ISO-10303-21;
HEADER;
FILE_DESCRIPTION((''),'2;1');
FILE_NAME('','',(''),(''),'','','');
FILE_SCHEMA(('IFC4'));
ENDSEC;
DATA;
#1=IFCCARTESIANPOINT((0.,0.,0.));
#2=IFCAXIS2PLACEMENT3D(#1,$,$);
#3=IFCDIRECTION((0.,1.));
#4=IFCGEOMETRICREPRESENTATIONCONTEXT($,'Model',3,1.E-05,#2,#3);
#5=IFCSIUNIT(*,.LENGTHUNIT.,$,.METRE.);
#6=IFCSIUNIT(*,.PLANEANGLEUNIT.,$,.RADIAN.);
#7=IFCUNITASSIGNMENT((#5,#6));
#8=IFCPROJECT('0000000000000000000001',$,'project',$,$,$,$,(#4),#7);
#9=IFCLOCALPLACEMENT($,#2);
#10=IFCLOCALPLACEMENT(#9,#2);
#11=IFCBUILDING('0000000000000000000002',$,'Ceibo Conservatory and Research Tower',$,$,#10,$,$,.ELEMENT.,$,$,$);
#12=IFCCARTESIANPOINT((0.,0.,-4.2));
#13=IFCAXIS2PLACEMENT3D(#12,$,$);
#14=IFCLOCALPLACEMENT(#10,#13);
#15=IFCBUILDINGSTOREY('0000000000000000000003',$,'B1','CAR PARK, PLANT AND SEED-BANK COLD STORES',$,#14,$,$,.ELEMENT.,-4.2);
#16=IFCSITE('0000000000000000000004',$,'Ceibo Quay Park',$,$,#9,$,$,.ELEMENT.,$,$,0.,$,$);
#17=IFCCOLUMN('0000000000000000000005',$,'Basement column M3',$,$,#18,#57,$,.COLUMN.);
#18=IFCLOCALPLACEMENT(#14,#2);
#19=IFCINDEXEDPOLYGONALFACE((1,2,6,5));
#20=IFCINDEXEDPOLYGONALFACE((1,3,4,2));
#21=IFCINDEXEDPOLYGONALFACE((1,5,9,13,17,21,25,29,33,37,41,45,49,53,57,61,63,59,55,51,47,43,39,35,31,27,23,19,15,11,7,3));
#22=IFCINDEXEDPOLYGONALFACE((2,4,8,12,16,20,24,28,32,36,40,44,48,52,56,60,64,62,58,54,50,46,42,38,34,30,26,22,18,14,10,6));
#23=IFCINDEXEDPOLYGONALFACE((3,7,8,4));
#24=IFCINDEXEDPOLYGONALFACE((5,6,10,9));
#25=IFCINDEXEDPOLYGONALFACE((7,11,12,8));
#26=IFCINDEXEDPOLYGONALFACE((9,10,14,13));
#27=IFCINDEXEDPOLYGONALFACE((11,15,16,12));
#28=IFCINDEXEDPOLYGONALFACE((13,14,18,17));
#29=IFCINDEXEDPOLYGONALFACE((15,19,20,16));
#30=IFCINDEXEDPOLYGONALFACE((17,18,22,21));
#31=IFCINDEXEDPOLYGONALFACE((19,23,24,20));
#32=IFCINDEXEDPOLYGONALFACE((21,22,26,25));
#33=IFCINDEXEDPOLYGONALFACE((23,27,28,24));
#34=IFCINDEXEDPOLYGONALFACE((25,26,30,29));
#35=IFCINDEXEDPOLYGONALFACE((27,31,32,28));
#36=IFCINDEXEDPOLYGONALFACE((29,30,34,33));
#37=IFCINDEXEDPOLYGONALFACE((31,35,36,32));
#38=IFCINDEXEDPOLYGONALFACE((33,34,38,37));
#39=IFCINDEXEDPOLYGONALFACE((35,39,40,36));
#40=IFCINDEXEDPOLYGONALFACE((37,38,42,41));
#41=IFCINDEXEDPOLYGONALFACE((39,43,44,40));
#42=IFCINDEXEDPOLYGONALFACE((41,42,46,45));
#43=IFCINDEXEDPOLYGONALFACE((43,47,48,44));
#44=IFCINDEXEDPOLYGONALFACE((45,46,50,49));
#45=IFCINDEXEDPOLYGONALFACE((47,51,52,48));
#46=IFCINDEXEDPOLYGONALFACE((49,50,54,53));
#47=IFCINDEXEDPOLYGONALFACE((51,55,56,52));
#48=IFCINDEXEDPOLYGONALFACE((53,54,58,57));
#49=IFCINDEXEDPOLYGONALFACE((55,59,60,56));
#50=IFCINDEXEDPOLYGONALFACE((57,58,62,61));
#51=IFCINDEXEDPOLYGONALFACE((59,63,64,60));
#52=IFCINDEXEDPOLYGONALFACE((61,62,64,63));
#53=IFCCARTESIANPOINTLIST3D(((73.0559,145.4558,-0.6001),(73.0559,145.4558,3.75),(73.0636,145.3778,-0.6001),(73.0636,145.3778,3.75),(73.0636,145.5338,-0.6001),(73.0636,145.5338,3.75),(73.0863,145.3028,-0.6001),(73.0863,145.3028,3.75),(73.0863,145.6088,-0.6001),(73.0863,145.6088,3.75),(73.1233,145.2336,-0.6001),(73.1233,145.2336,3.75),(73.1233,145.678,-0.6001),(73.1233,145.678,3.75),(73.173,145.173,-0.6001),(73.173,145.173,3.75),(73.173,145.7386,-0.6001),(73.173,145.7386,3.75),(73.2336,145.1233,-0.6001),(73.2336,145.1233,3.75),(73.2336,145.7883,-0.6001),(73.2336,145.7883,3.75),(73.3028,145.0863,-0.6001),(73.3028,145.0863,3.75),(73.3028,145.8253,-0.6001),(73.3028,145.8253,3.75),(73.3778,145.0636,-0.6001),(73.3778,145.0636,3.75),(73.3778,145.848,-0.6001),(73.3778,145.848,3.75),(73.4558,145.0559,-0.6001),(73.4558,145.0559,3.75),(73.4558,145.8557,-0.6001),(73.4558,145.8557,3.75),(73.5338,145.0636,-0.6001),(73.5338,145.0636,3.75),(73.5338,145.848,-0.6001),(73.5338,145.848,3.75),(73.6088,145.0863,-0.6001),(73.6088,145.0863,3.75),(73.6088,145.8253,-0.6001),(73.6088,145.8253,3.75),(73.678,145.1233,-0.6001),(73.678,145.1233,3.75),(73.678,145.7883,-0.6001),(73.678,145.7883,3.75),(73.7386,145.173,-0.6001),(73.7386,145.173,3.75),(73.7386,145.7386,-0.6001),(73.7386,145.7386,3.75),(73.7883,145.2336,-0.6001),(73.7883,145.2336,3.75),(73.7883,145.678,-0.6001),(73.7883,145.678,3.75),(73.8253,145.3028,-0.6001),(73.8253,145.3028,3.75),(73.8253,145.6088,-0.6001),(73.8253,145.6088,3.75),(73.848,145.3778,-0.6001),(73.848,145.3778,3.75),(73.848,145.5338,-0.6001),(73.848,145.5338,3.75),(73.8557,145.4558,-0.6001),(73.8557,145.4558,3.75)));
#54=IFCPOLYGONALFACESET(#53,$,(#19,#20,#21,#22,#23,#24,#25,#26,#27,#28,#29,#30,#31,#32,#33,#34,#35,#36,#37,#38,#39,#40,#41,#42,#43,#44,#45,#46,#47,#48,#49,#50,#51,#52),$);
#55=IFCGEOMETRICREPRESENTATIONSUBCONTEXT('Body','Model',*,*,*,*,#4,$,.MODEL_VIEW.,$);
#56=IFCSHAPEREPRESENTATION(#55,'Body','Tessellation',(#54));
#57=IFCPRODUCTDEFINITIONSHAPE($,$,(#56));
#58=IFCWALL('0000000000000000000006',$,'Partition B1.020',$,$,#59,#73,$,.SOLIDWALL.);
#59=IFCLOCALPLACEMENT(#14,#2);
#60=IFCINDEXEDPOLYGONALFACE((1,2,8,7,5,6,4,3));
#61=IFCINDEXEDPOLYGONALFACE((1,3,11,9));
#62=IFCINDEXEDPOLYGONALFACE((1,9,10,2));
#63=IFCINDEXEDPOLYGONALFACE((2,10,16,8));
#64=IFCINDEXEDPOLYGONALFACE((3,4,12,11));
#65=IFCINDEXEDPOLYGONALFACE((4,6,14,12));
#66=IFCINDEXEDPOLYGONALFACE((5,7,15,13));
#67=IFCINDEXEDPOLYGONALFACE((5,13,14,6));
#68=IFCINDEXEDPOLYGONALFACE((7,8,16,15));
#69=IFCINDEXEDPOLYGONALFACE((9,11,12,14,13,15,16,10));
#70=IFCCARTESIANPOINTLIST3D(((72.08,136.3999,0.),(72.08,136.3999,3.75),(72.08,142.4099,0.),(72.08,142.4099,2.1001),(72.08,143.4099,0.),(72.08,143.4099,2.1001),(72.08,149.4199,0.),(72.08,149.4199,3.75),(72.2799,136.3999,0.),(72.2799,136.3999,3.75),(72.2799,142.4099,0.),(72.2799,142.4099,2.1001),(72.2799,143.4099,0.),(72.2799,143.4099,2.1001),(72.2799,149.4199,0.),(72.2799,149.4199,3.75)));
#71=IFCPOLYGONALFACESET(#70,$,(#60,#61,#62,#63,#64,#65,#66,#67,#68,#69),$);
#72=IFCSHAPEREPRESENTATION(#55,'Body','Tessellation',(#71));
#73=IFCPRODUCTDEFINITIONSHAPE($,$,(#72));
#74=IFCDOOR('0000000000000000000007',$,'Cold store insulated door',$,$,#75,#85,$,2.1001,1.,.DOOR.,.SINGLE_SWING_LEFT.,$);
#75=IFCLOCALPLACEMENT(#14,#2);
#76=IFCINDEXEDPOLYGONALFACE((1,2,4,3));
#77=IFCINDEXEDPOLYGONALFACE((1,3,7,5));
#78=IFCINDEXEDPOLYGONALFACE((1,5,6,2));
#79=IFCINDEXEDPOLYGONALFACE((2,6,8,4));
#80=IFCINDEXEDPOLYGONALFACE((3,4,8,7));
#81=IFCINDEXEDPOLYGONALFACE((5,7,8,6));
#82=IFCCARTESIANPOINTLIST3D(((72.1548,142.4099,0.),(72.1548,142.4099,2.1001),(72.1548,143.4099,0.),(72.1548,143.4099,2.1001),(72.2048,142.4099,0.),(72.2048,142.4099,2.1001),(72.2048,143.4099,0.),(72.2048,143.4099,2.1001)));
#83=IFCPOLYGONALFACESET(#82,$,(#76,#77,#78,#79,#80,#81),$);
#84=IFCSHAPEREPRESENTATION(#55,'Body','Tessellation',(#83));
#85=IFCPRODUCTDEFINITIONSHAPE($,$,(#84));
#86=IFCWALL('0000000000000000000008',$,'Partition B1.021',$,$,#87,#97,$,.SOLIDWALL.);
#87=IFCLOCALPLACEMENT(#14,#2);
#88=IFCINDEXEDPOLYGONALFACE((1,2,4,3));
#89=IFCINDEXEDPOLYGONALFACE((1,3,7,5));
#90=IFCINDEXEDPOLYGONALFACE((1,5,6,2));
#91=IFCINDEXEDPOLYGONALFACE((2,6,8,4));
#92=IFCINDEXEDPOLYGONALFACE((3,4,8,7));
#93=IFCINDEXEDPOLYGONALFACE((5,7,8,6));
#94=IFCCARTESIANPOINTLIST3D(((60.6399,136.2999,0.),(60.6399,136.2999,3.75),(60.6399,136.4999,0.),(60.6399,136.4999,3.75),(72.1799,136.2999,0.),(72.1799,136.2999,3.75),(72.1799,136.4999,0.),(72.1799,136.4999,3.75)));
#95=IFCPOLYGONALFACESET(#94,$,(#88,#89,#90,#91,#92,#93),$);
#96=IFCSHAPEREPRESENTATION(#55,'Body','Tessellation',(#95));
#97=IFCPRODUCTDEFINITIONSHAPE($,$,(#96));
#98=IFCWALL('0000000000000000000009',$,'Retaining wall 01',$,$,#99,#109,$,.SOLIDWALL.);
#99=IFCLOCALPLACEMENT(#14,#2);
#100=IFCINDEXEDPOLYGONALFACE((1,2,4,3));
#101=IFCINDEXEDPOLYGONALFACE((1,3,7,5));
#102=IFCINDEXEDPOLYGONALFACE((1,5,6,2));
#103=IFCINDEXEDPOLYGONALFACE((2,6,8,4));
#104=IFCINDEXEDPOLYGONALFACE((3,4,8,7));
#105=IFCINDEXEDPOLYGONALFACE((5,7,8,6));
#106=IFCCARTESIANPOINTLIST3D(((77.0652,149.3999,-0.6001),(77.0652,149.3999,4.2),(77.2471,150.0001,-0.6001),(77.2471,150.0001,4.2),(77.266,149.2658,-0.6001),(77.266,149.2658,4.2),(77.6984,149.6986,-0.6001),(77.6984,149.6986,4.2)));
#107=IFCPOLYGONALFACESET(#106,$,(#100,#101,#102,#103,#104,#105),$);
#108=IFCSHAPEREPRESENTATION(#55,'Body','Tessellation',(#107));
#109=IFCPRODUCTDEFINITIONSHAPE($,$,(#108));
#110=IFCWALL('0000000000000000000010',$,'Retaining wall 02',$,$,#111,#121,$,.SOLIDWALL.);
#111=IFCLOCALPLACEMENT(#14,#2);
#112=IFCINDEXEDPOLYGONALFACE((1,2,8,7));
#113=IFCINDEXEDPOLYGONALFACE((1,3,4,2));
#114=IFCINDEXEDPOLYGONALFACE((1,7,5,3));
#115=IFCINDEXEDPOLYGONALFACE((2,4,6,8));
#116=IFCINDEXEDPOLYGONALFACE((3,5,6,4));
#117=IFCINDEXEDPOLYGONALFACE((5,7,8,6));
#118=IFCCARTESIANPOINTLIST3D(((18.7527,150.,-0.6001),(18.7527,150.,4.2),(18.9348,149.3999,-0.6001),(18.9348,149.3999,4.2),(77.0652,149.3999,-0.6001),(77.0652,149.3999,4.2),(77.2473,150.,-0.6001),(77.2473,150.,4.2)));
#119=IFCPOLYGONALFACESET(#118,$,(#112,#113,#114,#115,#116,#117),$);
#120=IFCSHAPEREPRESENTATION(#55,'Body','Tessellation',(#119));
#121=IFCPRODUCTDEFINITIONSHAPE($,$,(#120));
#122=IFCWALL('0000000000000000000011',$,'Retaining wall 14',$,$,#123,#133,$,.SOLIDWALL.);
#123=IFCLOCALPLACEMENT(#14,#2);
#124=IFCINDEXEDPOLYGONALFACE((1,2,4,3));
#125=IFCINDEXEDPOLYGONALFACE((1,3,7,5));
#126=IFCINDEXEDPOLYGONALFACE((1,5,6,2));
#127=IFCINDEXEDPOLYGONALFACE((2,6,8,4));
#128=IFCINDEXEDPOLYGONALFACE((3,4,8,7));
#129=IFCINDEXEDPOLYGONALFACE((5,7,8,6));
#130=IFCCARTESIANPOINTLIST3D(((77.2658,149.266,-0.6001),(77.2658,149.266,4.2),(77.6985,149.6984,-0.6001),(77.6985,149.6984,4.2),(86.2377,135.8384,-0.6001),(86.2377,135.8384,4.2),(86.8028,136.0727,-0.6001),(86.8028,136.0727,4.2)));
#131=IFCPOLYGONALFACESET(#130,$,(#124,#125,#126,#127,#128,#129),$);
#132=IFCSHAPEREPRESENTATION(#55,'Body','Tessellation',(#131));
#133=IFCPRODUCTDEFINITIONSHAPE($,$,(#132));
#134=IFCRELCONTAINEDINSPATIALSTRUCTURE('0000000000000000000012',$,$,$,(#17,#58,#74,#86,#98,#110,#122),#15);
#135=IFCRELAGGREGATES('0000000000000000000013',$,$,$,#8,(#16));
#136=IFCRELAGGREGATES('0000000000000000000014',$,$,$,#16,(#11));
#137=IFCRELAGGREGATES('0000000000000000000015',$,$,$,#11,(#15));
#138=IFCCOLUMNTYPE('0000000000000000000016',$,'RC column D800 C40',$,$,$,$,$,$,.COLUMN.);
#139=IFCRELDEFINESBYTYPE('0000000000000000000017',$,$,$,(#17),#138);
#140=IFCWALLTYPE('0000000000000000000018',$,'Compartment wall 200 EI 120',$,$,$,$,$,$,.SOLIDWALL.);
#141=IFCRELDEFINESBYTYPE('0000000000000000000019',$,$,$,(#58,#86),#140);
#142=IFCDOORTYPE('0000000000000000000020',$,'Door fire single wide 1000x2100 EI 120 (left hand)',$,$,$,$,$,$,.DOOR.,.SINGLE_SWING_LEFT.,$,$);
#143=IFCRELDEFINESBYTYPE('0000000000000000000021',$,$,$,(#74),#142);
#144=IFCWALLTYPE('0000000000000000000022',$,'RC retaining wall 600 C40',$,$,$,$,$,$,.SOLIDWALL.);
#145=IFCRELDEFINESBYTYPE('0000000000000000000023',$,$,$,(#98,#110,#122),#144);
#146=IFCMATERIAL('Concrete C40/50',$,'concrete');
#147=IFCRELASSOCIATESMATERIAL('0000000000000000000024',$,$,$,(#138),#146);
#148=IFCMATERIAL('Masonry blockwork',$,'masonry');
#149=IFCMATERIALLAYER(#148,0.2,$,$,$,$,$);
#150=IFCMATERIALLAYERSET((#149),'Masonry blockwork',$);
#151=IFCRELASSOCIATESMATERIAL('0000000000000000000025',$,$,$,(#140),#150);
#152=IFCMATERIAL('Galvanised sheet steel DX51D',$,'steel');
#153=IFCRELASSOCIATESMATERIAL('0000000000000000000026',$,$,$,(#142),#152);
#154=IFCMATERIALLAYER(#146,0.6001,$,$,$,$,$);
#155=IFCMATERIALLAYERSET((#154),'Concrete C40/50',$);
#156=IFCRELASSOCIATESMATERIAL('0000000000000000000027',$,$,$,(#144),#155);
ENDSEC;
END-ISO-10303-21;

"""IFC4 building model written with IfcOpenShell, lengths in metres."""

from ifc_helpers import new_model, si_unit, direction, frame, frame_2d, origin, origin_2d, place, context, subcontext, project, spatial, polyline, rectangle, circle, outline, extrude, material, layer, layer_set, material_profile, profile_set, type_object, element, fill, save


model = new_model("IFC4")

# Units and contexts
model_context = context("Model", 3, precision=1e-05, world=origin(), true_north=direction((0.0, 1.0)))
body_context = subcontext(model_context, "Body", "Model", "MODEL_VIEW")
ifc_project = project(units=[si_unit("LENGTHUNIT", "METRE"), si_unit("PLANEANGLEUNIT", "RADIAN")], contexts=[model_context])

# Site, building, storey
site_placement = place(None, origin())
site = spatial("IfcSite", under=ifc_project, at=site_placement, Name="Ceibo Quay Park", CompositionType="ELEMENT", RefElevation=0.0)
building_placement = place(site_placement, origin())
building = spatial("IfcBuilding", under=site, at=building_placement, Name="Ceibo Conservatory and Research Tower", CompositionType="ELEMENT")
storey_placement = place(building_placement, frame((0.0, 0.0, -4.2)))
storey = spatial("IfcBuildingStorey", under=building, at=storey_placement, Name="B1", Description="CAR PARK, PLANT AND SEED-BANK COLD STORES", CompositionType="ELEMENT", Elevation=-4.2)

# Shared definitions
ifc_material_1 = material(Name="Concrete C40/50", Category="concrete")

# Column
ifc_material_profile_1 = material_profile(ifc_material_1, circle(Radius=0.3999, at=origin_2d()), Name="RC D800")
ifc_profile_set_1 = profile_set([ifc_material_profile_1], Name="Concrete C40/50")
column_type = type_object("IfcColumnType", Name="RC column D800 C40", PredefinedType="COLUMN", material=ifc_profile_set_1)
for number, where, z_axis, x_axis, name in (
    (1, (73.4558, 145.4558, -0.6001), (0.0, 0.0, 1.0), (1.0, 0.0, 0.0), "Basement column M3"),
):
    element("IfcColumn", number, at=place(storey_placement, frame(where, z_axis=z_axis, x_axis=x_axis)), inside=storey, type_object=column_type, Name=name, PredefinedType="COLUMN", context=body_context, shape_type="SweptSolid", body=[
        extrude(circle(Radius=0.3999, at=origin_2d()), origin(), (0.0, 0.0, 1.0), 4.3501),
    ])

# Wall, opening, door
ifc_material_2 = material(Name="Masonry blockwork", Category="masonry")
ifc_layer_1 = layer(ifc_material_2, 0.2)
ifc_layer_set_1 = layer_set([ifc_layer_1], Name="Masonry blockwork")
wall_type_1 = type_object("IfcWallType", Name="Compartment wall 200 EI 120", PredefinedType="SOLIDWALL", material=ifc_layer_set_1)
wall_1_placement = place(storey_placement, frame((72.1799, 149.4199, 0.0), z_axis=(0.0, 0.0, 1.0), x_axis=(0.0, -1.0, 0.0)))
wall_1 = element("IfcWall", 2, at=wall_1_placement, inside=storey, type_object=wall_type_1, Name="Partition B1.020", PredefinedType="SOLIDWALL", context=body_context, shape_type="SweptSolid", body=[
    extrude(rectangle(XDim=13.02, YDim=0.2, at=frame_2d((6.51, 0.0))), origin(), (0.0, 0.0, 1.0), 3.75),
])
opening_placement = place(wall_1_placement, frame((6.01, 0.0, 0.0)))
opening = element("IfcOpeningElement", 3, at=opening_placement, cuts=wall_1, PredefinedType="OPENING", context=body_context, shape_type="SweptSolid", body=[
    extrude(rectangle(XDim=1.0, YDim=2.1001, at=frame_2d((0.5, 1.05))), frame((0.0, 0.1099, 0.0), z_axis=(0.0, -1.0, 0.0), x_axis=(1.0, 0.0, 0.0)), (0.0, 0.0, 1.0), 0.22),
])
ifc_material_3 = material(Name="Galvanised sheet steel DX51D", Category="steel")
door_type = type_object("IfcDoorType", Name="Door fire single wide 1000x2100 EI 120 (left hand)", OperationType="SINGLE_SWING_LEFT", PredefinedType="DOOR", material=ifc_material_3)
door_placement = place(opening_placement, origin())
door = element("IfcDoor", 4, at=door_placement, inside=storey, type_object=door_type, Name="Cold store insulated door", OperationType="SINGLE_SWING_LEFT", OverallHeight=2.1001, OverallWidth=1.0, PredefinedType="DOOR", context=body_context, shape_type="SweptSolid", body=[
    extrude(rectangle(XDim=1.0, YDim=2.1001, at=frame_2d((0.5, 1.05))), frame((0.0, 0.0249, 0.0), z_axis=(0.0, -1.0, 0.0), x_axis=(1.0, 0.0, 0.0)), (0.0, 0.0, 1.0), 0.05),
])
fill(opening, door)

# Walls
wall_2_placement = place(storey_placement, frame((72.1799, 136.3999, 0.0), z_axis=(0.0, 0.0, 1.0), x_axis=(-1.0, 0.0, 0.0)))
element("IfcWall", 5, at=wall_2_placement, inside=storey, type_object=wall_type_1, Name="Partition B1.021", PredefinedType="SOLIDWALL", context=body_context, shape_type="SweptSolid", body=[
    extrude(rectangle(XDim=11.54, YDim=0.2, at=frame_2d((5.77, 0.0))), origin(), (0.0, 0.0, 1.0), 3.75),
])
ifc_layer_2 = layer(ifc_material_1, 0.6001)
ifc_layer_set_2 = layer_set([ifc_layer_2], Name="Concrete C40/50")
wall_type_2 = type_object("IfcWallType", Name="RC retaining wall 600 C40", PredefinedType="SOLIDWALL", material=ifc_layer_set_2)
wall_3_placement = place(storey_placement, frame((77.4822, 149.4822, -0.6001), z_axis=(0.0, 0.0, 1.0), x_axis=(-0.831475, 0.555562, 0.0)))
element("IfcWall", 6, at=wall_3_placement, inside=storey, type_object=wall_type_2, Name="Retaining wall 01", PredefinedType="SOLIDWALL", context=body_context, shape_type="SweptSolid", body=[
    extrude(outline(polyline([(-0.0596, -0.3), (0.4832, -0.3), (0.301, 0.3), (0.0596, 0.3), (-0.0596, -0.3)])), origin(), (0.0, 0.0, 1.0), 4.8),
])
wall_4_placement = place(storey_placement, frame((77.1562, 149.7, -0.6001), z_axis=(0.0, 0.0, 1.0), x_axis=(-1.0, 0.0, 0.0)))
element("IfcWall", 7, at=wall_4_placement, inside=storey, type_object=wall_type_2, Name="Retaining wall 02", PredefinedType="SOLIDWALL", context=body_context, shape_type="SweptSolid", body=[
    extrude(outline(polyline([(-0.0911, -0.3), (58.4036, -0.3), (58.2214, 0.3), (0.0911, 0.3), (-0.0911, -0.3)])), origin(), (0.0, 0.0, 1.0), 4.8),
])
wall_5_placement = place(storey_placement, frame((86.5203, 135.9556, -0.6001), z_axis=(0.0, 0.0, 1.0), x_axis=(-0.555566, 0.831473, 0.0)))
element("IfcWall", 8, at=wall_5_placement, inside=storey, type_object=wall_type_2, Name="Retaining wall 14", PredefinedType="SOLIDWALL", context=body_context, shape_type="SweptSolid", body=[
    extrude(outline(polyline([(-0.0596, -0.3), (16.3279, -0.3), (16.2087, 0.3), (0.0596, 0.3), (-0.0596, -0.3)])), origin(), (0.0, 0.0, 1.0), 4.8),
])

save(model, "model.ifc")
